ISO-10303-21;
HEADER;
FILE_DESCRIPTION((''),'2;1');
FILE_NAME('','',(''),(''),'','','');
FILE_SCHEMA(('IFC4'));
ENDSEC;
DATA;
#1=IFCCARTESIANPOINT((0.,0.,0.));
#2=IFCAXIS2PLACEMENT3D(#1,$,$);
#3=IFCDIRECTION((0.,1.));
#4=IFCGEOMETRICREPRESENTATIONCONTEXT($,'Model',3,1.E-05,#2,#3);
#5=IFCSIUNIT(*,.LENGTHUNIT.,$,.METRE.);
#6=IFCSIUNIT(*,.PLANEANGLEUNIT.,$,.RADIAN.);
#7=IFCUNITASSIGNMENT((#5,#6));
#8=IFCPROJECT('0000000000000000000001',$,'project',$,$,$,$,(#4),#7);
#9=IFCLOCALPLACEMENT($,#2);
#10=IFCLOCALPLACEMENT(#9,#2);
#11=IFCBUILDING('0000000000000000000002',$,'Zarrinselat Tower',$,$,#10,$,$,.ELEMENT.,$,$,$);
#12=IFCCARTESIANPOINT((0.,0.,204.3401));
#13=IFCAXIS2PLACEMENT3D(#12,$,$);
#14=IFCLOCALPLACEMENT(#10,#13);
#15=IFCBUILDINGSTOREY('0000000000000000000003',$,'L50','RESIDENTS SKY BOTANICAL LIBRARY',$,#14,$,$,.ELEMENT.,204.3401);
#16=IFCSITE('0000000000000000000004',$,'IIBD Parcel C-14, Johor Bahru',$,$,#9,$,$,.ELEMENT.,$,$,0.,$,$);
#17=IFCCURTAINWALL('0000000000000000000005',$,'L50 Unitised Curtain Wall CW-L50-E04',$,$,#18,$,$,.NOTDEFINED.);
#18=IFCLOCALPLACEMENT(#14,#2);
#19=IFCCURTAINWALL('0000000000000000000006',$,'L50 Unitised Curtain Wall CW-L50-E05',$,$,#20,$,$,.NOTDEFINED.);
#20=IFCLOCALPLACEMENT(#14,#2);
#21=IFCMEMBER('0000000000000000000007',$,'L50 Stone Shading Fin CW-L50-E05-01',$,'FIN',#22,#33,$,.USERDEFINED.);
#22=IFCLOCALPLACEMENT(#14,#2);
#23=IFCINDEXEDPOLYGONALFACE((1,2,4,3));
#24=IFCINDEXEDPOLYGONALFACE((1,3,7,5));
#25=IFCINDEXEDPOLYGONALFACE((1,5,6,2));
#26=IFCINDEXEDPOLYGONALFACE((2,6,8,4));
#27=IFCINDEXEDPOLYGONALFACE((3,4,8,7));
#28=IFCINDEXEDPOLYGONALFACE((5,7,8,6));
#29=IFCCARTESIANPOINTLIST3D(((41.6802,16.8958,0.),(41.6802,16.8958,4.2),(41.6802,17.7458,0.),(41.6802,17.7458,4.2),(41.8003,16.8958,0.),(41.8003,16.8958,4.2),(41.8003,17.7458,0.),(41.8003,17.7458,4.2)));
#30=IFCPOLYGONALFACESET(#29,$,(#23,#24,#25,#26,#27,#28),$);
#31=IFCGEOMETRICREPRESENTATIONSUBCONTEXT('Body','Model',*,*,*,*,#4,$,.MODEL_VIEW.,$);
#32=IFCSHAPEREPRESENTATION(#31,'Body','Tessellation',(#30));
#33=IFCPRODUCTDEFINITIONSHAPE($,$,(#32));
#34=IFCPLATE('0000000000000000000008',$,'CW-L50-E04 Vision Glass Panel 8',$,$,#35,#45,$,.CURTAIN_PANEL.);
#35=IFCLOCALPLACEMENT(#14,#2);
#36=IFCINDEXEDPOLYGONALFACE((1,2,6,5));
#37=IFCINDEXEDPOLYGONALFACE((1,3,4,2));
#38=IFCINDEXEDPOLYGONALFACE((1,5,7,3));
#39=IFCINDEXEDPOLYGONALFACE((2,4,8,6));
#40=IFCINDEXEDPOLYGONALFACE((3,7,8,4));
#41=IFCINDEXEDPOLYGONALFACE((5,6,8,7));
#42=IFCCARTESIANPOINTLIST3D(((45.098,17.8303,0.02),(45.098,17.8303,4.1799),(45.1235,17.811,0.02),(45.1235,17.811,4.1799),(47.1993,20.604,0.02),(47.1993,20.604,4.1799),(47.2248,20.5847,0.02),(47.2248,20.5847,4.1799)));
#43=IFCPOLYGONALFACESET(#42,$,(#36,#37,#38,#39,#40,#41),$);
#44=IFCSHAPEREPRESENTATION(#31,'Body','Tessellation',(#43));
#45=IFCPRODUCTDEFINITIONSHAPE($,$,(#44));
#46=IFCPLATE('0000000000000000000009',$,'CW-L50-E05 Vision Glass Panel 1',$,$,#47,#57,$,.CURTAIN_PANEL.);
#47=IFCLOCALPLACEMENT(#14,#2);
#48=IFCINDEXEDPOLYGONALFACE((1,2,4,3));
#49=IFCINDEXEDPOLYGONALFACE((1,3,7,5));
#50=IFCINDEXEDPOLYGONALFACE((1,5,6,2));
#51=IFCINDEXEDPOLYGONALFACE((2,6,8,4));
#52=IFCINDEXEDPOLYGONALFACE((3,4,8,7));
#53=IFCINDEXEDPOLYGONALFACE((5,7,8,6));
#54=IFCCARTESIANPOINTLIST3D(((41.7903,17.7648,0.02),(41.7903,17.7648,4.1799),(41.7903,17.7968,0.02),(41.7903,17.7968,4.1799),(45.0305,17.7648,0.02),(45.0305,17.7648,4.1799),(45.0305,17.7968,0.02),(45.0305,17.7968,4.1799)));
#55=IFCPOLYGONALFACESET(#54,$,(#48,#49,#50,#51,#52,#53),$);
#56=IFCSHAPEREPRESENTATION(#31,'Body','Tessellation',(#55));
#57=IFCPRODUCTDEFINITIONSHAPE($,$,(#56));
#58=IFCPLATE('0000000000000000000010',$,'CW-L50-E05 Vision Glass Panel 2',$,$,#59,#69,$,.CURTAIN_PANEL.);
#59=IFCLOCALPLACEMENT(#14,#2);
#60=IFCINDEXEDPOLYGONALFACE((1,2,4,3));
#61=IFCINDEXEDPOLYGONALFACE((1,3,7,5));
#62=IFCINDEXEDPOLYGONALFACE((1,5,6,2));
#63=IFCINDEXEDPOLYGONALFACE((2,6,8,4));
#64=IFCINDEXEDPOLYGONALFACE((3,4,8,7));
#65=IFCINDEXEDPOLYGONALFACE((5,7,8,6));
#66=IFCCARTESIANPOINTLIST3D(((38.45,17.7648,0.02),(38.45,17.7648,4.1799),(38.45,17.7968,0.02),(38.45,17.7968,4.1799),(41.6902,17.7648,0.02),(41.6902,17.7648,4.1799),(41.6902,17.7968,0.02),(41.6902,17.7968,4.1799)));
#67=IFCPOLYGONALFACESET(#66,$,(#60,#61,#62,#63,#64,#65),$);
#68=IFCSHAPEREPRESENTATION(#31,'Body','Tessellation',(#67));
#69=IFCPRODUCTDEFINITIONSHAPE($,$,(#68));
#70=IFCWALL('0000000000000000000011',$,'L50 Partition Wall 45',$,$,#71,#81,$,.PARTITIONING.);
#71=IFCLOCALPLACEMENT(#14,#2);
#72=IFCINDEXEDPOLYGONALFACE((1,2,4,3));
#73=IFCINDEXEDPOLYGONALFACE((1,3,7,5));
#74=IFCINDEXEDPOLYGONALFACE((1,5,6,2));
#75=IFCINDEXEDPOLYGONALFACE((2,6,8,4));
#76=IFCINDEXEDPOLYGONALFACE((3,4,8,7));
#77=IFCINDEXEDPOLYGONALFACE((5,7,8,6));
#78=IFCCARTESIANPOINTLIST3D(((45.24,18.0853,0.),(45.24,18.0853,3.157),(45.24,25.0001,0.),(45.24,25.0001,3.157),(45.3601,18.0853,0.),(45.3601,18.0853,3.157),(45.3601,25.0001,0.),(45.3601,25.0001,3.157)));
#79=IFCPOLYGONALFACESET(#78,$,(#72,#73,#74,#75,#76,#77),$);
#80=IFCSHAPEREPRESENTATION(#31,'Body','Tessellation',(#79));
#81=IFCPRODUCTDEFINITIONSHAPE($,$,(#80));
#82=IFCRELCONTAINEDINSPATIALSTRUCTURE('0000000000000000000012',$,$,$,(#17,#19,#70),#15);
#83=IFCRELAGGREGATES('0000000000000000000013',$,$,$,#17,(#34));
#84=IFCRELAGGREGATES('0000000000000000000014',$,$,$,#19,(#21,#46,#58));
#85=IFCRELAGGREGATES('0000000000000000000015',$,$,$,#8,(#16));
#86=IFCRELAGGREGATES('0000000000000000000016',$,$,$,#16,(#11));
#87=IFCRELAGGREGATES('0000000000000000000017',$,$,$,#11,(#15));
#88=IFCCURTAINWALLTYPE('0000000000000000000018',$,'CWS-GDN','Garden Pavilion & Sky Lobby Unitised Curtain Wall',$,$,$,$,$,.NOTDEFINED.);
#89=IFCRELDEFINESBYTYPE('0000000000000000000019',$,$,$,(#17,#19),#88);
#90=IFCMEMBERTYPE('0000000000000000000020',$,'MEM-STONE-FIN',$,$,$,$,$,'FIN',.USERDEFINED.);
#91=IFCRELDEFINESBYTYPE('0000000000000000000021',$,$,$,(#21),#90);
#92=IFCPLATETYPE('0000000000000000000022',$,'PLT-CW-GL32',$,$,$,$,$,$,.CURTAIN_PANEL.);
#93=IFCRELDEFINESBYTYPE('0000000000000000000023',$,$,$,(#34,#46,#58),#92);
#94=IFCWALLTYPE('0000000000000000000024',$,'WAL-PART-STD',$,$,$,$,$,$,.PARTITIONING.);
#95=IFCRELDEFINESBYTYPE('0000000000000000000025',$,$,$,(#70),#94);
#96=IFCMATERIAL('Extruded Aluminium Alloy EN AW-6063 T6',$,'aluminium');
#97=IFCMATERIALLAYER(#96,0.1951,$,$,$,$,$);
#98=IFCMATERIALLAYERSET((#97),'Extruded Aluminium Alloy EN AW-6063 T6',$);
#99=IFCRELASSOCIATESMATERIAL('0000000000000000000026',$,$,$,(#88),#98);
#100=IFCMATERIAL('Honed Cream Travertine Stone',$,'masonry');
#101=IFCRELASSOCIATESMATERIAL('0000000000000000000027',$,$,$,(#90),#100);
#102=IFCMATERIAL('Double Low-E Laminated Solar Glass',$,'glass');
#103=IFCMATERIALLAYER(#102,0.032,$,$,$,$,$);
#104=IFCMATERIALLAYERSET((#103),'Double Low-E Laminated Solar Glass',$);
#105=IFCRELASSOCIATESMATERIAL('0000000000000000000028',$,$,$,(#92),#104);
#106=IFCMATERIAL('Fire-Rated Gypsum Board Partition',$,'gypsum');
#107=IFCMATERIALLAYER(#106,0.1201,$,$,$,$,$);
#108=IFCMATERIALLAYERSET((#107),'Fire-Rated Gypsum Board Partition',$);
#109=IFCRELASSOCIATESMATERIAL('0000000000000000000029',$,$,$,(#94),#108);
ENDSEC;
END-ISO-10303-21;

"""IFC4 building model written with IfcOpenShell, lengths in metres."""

from ifc_helpers import new_model, si_unit, direction, frame, frame_2d, origin, origin_2d, place, context, subcontext, project, spatial, rectangle, extrude, material, layer, layer_set, material_profile, profile_set, type_object, element, aggregate, save


model = new_model("IFC4")

# Units and contexts
model_context = context("Model", 3, precision=1e-05, world=origin(), true_north=direction((0.0, 1.0)))
body_context = subcontext(model_context, "Body", "Model", "MODEL_VIEW")
ifc_project = project(units=[si_unit("LENGTHUNIT", "METRE"), si_unit("PLANEANGLEUNIT", "RADIAN")], contexts=[model_context])

# Site, building, storey
site_placement = place(None, origin())
site = spatial("IfcSite", under=ifc_project, at=site_placement, Name="IIBD Parcel C-14, Johor Bahru", CompositionType="ELEMENT", RefElevation=0.0)
building_placement = place(site_placement, origin())
building = spatial("IfcBuilding", under=site, at=building_placement, Name="Zarrinselat Tower", CompositionType="ELEMENT")
storey_placement = place(building_placement, frame((0.0, 0.0, 204.3401)))
storey = spatial("IfcBuildingStorey", under=building, at=storey_placement, Name="L50", Description="RESIDENTS SKY BOTANICAL LIBRARY", CompositionType="ELEMENT", Elevation=204.3401)

# Curtain walls, member
ifc_material_1 = material(Name="Extruded Aluminium Alloy EN AW-6063 T6", Category="aluminium")
ifc_layer_1 = layer(ifc_material_1, 0.1951)
ifc_layer_set_1 = layer_set([ifc_layer_1], Name="Extruded Aluminium Alloy EN AW-6063 T6")
curtain_wall_type = type_object("IfcCurtainWallType", Name="CWS-GDN", Description="Garden Pavilion & Sky Lobby Unitised Curtain Wall", PredefinedType="NOTDEFINED", material=ifc_layer_set_1)
curtain_wall_1_placement = place(storey_placement, origin())
curtain_wall_1 = element("IfcCurtainWall", 1, at=curtain_wall_1_placement, inside=storey, type_object=curtain_wall_type, Name="L50 Unitised Curtain Wall CW-L50-E04", PredefinedType="NOTDEFINED")
curtain_wall_2_placement = place(storey_placement, origin())
curtain_wall_2 = element("IfcCurtainWall", 2, at=curtain_wall_2_placement, inside=storey, type_object=curtain_wall_type, Name="L50 Unitised Curtain Wall CW-L50-E05", PredefinedType="NOTDEFINED")
ifc_material_2 = material(Name="Honed Cream Travertine Stone", Category="masonry")
ifc_material_profile_1 = material_profile(ifc_material_2, rectangle(XDim=0.1201, YDim=0.8501, at=origin_2d()), Name="FIN 850x120")
ifc_profile_set_1 = profile_set([ifc_material_profile_1], Name="Honed Cream Travertine Stone")
member_type_1 = type_object("IfcMemberType", Name="MEM-STONE-FIN", ElementType="FIN", PredefinedType="USERDEFINED", material=ifc_profile_set_1)
member_1_placement = place(storey_placement, frame((41.7402, 17.3208, 0.0), z_axis=(0.0, 0.0, 1.0), x_axis=(-1.0, 0.0, 0.0)))
member_1 = element("IfcMember", 3, at=member_1_placement, type_object=member_type_1, Name="L50 Stone Shading Fin CW-L50-E05-01", ObjectType="FIN", PredefinedType="USERDEFINED", context=body_context, shape_type="SweptSolid", body=[
    extrude(rectangle(XDim=0.1201, YDim=0.8501, at=origin_2d()), origin(), (0.0, 0.0, 1.0), 4.2),
])

# Plates
ifc_material_3 = material(Name="Double Low-E Laminated Solar Glass", Category="glass")
ifc_layer_2 = layer(ifc_material_3, 0.032)
ifc_layer_set_2 = layer_set([ifc_layer_2], Name="Double Low-E Laminated Solar Glass")
plate_type = type_object("IfcPlateType", Name="PLT-CW-GL32", PredefinedType="CURTAIN_PANEL", material=ifc_layer_set_2)
plate_1_placement = place(storey_placement, frame((46.1614, 19.2075, 0.02), z_axis=(0.0, 0.0, 1.0), x_axis=(-0.603858, -0.797092, 0.0)))
plate_1 = element("IfcPlate", 4, at=plate_1_placement, type_object=plate_type, Name="CW-L50-E04 Vision Glass Panel 8", PredefinedType="CURTAIN_PANEL", context=body_context, shape_type="SweptSolid", body=[
    extrude(rectangle(XDim=3.4797, YDim=0.032, at=origin_2d()), origin(), (0.0, 0.0, 1.0), 4.1599),
])
aggregate(curtain_wall_1, [plate_1])
plate_2_placement = place(storey_placement, frame((43.4104, 17.7808, 0.02), z_axis=(0.0, 0.0, 1.0), x_axis=(-1.0, 0.0, 0.0)))
plate_2 = element("IfcPlate", 5, at=plate_2_placement, type_object=plate_type, Name="CW-L50-E05 Vision Glass Panel 1", PredefinedType="CURTAIN_PANEL", context=body_context, shape_type="SweptSolid", body=[
    extrude(rectangle(XDim=3.2402, YDim=0.032, at=origin_2d()), origin(), (0.0, 0.0, 1.0), 4.1599),
])
plate_3_placement = place(storey_placement, frame((40.0701, 17.7808, 0.02), z_axis=(0.0, 0.0, 1.0), x_axis=(-1.0, 0.0, 0.0)))
plate_3 = element("IfcPlate", 6, at=plate_3_placement, type_object=plate_type, Name="CW-L50-E05 Vision Glass Panel 2", PredefinedType="CURTAIN_PANEL", context=body_context, shape_type="SweptSolid", body=[
    extrude(rectangle(XDim=3.2402, YDim=0.032, at=origin_2d()), origin(), (0.0, 0.0, 1.0), 4.1599),
])
aggregate(curtain_wall_2, [member_1, plate_2, plate_3])

# Wall
ifc_material_4 = material(Name="Fire-Rated Gypsum Board Partition", Category="gypsum")
ifc_layer_3 = layer(ifc_material_4, 0.1201)
ifc_layer_set_3 = layer_set([ifc_layer_3], Name="Fire-Rated Gypsum Board Partition")
wall_type = type_object("IfcWallType", Name="WAL-PART-STD", PredefinedType="PARTITIONING", material=ifc_layer_set_3)
wall_placement = place(storey_placement, frame((45.3, 18.0852, 0.0), z_axis=(0.0, 0.0, 1.0), x_axis=(0.0, 1.0, 0.0)))
element("IfcWall", 7, at=wall_placement, inside=storey, type_object=wall_type, Name="L50 Partition Wall 45", PredefinedType="PARTITIONING", context=body_context, shape_type="SweptSolid", body=[
    extrude(rectangle(XDim=6.9148, YDim=0.1201, at=frame_2d((3.4575, 0.0))), origin(), (0.0, 0.0, 1.0), 3.157),
])

save(model, "model.ifc")
